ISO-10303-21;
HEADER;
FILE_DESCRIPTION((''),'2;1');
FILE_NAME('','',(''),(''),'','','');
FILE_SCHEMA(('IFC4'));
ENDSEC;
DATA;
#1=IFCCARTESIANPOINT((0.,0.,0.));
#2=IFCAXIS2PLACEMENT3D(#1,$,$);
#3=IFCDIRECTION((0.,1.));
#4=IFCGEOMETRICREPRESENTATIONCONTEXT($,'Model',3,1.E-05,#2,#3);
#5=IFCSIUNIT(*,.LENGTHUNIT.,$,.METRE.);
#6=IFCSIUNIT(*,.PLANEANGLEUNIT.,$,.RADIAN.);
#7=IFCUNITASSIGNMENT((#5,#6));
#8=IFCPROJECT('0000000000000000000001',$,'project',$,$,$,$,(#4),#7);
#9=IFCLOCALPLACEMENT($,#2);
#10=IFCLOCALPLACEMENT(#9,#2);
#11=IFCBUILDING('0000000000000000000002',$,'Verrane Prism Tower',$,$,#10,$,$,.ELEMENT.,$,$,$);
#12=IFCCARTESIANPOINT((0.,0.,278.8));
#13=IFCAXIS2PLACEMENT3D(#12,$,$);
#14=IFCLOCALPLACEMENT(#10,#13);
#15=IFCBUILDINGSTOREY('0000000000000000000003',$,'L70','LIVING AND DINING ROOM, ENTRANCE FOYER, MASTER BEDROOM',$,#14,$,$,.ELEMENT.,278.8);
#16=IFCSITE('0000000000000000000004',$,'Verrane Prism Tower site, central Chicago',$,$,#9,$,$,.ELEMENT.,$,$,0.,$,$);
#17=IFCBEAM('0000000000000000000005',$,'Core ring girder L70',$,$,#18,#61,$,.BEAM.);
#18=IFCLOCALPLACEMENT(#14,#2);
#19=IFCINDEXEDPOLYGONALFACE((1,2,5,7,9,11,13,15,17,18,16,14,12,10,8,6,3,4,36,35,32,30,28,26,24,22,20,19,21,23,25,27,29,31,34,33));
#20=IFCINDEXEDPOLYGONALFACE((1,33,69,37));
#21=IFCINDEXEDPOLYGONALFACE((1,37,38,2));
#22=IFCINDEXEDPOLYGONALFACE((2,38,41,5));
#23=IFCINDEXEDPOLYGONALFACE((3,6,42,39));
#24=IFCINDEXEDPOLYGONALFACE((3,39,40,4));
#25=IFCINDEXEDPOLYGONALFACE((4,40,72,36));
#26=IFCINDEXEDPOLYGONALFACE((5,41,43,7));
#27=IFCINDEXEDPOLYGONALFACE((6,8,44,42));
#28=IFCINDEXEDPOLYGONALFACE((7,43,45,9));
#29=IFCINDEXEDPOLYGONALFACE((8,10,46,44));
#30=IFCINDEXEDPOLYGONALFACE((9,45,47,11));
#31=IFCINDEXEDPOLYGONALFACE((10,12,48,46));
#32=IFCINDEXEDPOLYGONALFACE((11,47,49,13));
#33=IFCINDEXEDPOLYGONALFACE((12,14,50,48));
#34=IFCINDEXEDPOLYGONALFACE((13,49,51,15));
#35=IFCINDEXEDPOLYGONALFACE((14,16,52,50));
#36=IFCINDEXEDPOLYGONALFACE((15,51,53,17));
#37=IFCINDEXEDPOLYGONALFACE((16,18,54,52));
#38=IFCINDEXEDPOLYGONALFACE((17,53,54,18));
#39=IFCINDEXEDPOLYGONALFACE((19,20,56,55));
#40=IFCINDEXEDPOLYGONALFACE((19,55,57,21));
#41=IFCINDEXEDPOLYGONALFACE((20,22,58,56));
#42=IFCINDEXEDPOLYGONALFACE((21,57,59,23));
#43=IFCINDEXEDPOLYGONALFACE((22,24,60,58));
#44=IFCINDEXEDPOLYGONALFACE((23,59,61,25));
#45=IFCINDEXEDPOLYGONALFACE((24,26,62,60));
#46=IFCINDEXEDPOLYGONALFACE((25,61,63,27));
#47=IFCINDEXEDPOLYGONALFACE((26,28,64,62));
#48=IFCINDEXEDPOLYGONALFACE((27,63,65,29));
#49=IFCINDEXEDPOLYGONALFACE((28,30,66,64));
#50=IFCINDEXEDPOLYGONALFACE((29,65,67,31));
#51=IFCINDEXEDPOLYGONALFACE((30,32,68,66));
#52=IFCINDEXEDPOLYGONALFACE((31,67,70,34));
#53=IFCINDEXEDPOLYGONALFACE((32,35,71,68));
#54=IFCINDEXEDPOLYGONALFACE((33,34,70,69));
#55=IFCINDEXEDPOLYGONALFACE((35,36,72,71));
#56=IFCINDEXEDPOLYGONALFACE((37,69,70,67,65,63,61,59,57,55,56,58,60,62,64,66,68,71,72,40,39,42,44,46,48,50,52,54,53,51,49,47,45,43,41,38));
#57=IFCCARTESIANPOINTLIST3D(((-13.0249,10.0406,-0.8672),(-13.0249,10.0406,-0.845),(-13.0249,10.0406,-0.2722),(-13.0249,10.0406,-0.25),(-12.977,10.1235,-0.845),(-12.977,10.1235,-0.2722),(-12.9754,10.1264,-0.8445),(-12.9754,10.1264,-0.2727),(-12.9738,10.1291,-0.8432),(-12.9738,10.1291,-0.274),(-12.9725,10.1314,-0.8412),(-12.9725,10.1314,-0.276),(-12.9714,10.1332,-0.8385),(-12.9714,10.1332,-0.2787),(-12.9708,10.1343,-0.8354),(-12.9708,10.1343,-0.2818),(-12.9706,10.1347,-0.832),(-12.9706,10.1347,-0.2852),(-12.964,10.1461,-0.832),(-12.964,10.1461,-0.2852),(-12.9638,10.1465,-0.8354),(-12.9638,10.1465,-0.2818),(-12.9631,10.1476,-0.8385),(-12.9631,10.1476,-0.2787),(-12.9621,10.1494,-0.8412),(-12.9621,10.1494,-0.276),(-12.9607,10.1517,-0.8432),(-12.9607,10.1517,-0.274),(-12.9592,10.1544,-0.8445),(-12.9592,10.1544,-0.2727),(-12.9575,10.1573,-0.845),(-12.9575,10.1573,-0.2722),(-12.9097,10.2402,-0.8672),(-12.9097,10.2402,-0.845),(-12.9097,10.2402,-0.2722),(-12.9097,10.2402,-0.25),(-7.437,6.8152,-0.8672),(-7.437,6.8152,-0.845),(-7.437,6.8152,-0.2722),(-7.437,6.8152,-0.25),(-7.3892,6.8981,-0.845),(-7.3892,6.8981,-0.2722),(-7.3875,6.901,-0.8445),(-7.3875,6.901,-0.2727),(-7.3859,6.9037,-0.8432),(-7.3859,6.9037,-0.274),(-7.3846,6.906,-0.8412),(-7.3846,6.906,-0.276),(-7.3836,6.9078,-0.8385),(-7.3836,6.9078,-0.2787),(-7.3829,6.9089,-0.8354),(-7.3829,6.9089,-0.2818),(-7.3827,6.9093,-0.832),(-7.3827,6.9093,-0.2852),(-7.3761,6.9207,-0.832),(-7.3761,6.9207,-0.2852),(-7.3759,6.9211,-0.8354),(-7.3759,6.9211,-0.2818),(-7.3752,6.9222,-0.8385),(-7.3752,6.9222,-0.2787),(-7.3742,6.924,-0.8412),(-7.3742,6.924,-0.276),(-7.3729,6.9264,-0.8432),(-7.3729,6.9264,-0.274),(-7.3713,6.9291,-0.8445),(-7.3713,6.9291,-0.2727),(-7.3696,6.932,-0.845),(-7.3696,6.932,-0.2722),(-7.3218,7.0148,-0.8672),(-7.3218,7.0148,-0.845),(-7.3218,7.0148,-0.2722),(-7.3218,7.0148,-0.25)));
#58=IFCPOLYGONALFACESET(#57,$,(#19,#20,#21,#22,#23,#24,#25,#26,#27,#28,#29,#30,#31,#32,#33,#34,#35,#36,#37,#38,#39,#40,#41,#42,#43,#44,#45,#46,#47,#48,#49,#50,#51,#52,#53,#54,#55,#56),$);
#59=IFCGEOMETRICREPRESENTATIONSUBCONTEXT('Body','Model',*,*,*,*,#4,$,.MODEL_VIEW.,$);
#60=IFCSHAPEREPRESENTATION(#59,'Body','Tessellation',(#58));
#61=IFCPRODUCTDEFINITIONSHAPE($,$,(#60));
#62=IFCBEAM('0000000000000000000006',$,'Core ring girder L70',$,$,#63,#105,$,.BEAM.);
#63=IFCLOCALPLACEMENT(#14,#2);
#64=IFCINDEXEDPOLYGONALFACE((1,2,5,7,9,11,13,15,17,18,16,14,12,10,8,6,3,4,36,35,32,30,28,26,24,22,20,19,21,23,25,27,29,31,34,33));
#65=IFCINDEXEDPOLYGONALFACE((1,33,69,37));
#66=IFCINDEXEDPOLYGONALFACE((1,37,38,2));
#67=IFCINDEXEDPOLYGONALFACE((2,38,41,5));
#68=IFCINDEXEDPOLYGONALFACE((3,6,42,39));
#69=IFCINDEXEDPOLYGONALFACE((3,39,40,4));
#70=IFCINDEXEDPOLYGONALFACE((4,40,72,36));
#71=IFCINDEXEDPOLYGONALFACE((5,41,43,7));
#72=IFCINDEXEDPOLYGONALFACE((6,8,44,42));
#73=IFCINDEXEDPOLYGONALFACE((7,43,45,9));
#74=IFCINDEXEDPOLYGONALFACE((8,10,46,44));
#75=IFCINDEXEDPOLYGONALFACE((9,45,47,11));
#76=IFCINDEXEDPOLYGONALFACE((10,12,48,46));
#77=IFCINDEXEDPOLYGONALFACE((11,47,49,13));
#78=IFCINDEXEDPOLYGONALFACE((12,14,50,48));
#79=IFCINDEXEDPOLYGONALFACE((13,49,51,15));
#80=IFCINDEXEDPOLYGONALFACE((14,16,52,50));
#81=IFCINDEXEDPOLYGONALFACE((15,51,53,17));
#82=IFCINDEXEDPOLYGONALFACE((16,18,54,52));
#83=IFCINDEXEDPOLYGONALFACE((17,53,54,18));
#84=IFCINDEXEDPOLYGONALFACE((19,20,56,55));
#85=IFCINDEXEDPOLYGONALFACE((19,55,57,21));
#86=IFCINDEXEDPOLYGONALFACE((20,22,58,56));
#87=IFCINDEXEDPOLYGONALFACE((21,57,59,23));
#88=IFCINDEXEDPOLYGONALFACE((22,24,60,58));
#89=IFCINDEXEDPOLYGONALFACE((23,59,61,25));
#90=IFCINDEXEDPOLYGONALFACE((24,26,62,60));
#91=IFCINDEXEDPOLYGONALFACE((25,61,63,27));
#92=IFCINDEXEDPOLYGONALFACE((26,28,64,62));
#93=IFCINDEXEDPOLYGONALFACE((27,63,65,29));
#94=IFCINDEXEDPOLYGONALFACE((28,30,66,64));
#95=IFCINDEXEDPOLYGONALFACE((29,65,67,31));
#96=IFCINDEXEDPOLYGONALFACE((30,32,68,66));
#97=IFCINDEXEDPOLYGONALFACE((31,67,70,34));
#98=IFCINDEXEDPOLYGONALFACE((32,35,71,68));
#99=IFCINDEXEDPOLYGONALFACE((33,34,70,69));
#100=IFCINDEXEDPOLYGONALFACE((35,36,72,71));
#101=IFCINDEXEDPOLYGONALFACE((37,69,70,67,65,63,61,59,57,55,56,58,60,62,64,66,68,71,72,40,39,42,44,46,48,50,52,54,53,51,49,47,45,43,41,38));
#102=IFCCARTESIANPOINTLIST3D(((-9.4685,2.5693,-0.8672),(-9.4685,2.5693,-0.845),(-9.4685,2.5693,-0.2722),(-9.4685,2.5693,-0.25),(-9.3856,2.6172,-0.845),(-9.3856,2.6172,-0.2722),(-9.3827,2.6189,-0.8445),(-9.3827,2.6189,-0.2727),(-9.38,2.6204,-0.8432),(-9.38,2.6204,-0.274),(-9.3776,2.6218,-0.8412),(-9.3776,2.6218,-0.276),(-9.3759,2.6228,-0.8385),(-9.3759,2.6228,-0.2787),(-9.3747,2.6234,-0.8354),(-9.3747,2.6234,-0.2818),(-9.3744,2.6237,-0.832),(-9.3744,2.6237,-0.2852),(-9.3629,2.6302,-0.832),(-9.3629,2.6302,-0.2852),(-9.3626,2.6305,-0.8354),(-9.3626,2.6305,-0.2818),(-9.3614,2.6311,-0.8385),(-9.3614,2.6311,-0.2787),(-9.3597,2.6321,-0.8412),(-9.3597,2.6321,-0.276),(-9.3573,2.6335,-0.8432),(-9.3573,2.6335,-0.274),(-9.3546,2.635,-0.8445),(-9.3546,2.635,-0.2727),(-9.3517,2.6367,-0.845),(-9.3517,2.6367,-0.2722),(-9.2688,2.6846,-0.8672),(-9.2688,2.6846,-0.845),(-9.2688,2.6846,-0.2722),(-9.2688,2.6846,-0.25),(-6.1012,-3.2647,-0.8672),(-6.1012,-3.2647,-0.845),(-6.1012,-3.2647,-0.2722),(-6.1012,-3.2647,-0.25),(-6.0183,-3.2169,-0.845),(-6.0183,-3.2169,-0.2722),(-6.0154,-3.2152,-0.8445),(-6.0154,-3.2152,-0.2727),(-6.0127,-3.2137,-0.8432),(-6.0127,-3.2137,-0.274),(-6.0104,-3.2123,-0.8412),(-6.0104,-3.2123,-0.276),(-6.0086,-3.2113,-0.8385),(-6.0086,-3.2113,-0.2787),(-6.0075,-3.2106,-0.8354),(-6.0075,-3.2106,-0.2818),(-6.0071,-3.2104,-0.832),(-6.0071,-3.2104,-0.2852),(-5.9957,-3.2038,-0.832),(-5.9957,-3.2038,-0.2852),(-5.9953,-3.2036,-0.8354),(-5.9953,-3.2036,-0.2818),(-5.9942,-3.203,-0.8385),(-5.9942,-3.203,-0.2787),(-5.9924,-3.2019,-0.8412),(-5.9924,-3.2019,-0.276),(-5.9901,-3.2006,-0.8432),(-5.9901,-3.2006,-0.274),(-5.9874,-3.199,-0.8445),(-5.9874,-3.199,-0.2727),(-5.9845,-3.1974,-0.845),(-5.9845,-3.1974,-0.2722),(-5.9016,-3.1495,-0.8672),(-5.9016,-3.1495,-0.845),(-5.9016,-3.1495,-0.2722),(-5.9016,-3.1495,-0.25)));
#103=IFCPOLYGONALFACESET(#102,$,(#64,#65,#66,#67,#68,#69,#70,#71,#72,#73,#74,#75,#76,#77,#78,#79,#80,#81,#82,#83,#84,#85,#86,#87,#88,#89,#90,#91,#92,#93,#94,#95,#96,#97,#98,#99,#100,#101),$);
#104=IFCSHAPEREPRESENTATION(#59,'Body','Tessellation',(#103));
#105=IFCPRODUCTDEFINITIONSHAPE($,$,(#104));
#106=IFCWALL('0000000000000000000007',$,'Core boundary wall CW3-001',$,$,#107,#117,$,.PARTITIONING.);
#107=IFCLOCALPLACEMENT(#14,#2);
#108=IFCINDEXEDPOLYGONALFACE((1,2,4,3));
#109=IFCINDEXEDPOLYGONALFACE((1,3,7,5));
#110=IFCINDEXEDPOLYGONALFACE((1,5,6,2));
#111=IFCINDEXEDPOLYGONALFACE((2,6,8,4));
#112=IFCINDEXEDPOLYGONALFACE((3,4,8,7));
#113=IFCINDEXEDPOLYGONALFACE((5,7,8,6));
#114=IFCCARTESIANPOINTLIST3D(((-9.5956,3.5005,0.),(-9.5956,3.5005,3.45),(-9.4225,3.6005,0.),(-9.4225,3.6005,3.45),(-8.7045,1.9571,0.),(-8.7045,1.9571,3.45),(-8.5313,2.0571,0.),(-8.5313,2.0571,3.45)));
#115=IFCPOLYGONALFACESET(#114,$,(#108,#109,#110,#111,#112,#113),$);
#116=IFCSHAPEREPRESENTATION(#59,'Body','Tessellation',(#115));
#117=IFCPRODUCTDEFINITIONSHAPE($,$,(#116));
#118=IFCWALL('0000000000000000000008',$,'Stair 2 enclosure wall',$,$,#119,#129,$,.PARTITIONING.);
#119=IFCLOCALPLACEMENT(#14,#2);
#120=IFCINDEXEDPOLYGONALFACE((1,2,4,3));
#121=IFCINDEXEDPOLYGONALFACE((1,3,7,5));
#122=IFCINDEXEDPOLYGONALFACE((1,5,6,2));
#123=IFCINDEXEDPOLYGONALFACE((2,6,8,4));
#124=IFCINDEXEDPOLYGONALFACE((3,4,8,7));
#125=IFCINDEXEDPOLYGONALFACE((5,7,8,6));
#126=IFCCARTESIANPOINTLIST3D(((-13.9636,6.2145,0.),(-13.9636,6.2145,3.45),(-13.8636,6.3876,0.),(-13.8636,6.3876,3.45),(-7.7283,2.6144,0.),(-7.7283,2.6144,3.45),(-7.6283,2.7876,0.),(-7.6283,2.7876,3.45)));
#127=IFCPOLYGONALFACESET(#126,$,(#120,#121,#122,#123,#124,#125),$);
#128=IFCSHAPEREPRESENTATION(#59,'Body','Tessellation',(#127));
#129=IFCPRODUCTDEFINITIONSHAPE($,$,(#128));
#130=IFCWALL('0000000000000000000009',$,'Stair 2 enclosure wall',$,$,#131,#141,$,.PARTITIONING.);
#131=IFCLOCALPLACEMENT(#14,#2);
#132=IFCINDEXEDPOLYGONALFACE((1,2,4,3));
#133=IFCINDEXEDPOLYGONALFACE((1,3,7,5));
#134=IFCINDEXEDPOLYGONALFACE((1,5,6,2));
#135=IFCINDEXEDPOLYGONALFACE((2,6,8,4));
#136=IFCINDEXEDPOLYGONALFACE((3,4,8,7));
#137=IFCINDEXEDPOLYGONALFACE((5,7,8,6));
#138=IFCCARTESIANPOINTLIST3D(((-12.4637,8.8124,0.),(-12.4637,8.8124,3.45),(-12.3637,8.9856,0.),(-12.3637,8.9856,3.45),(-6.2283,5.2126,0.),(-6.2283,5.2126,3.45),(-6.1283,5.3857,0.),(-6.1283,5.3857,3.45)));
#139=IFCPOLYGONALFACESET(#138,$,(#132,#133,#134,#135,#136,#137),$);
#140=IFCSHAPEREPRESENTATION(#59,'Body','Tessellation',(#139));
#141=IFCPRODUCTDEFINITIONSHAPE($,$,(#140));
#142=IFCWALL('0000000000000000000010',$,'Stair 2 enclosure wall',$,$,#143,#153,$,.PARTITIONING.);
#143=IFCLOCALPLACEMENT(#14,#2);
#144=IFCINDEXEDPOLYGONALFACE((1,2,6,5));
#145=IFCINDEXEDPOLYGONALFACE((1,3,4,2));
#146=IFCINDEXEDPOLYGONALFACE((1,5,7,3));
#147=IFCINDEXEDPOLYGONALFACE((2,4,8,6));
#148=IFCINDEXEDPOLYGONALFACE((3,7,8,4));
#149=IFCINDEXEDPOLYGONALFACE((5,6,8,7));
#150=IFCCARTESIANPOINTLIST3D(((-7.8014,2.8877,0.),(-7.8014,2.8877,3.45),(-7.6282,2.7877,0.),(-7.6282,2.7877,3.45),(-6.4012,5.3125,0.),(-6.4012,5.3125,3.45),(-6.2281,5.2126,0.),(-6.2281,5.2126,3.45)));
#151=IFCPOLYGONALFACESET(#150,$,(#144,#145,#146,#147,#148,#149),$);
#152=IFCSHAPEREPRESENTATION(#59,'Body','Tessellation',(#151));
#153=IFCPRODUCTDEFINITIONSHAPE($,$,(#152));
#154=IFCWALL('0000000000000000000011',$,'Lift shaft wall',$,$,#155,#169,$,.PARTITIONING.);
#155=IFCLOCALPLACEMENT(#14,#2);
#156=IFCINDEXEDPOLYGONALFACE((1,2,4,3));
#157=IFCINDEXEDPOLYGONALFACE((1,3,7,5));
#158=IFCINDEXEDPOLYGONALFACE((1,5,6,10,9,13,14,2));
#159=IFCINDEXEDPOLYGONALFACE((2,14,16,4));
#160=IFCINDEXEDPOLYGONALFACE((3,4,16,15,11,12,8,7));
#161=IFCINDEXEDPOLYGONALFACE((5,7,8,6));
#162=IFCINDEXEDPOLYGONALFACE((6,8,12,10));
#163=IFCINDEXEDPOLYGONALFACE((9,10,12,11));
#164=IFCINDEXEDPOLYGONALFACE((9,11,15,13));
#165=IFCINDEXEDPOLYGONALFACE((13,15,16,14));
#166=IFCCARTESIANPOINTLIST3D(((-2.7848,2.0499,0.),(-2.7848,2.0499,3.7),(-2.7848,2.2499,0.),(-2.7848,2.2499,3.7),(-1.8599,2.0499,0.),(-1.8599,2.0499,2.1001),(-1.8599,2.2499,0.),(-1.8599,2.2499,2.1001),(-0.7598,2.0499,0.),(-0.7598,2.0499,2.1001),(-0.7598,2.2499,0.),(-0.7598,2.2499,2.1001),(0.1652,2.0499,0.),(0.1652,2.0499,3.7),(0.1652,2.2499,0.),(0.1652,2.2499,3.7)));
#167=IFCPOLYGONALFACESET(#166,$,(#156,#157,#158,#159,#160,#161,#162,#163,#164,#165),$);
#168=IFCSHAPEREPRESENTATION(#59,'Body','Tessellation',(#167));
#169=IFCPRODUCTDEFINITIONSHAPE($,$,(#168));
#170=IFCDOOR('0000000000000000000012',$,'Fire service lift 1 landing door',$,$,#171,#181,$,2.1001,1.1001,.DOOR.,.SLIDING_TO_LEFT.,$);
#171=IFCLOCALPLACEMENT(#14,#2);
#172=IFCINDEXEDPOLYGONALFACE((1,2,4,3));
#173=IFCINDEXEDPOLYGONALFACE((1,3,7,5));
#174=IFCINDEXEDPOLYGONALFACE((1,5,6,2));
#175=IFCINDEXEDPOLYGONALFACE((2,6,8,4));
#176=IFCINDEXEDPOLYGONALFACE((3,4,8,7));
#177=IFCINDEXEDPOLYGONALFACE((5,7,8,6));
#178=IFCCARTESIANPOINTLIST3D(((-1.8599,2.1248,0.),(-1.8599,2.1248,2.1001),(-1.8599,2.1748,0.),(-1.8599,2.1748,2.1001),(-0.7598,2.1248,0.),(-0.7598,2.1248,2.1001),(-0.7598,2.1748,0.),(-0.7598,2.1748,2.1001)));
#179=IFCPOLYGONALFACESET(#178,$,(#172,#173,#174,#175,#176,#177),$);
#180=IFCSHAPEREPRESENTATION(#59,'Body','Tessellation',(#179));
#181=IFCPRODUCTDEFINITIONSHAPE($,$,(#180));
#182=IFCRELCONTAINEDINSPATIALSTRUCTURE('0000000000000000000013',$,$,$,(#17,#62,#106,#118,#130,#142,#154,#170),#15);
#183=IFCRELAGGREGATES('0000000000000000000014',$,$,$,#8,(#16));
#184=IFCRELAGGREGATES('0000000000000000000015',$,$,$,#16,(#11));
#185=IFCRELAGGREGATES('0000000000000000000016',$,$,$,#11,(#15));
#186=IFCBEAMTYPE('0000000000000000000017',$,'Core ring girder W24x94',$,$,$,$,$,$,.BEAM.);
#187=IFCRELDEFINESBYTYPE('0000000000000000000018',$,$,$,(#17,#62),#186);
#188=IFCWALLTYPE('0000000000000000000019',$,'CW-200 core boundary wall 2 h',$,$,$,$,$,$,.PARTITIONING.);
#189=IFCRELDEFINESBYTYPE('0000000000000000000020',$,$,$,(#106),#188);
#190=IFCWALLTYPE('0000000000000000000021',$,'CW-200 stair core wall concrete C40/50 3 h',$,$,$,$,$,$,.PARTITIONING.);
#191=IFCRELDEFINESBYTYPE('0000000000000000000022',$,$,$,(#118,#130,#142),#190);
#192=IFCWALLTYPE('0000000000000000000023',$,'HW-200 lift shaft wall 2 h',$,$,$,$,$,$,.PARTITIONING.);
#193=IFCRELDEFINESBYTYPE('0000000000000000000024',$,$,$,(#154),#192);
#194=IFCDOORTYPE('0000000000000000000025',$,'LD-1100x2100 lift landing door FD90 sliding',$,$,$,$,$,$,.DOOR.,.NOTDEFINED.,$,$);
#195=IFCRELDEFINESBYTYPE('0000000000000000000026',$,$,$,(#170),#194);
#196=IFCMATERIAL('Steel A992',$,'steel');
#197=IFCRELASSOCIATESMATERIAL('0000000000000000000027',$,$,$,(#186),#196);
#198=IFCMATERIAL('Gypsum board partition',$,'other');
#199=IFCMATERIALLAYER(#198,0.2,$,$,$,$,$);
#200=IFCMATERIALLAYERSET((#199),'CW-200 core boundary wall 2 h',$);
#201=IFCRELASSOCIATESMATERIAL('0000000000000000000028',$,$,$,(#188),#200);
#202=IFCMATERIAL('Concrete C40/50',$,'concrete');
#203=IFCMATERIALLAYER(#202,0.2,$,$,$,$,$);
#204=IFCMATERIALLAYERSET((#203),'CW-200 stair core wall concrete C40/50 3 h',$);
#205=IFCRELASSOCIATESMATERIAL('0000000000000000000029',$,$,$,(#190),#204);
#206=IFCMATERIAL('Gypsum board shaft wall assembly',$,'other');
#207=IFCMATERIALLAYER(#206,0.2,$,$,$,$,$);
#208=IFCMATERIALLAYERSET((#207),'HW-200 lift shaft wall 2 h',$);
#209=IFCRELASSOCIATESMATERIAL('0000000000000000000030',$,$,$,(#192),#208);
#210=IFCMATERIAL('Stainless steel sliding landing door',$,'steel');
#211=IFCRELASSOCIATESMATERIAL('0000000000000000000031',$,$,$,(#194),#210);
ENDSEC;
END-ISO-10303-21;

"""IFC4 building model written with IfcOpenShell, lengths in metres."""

from ifc_helpers import new_model, si_unit, direction, frame, frame_2d, origin, origin_2d, place, context, subcontext, project, spatial, rectangle, i_section, extrude, material, layer, layer_set, material_profile, profile_set, type_object, element, fill, save


model = new_model("IFC4")

# Units and contexts
model_context = context("Model", 3, precision=1e-05, world=origin(), true_north=direction((0.0, 1.0)))
body_context = subcontext(model_context, "Body", "Model", "MODEL_VIEW")
ifc_project = project(units=[si_unit("LENGTHUNIT", "METRE"), si_unit("PLANEANGLEUNIT", "RADIAN")], contexts=[model_context])

# Site, building, storey
site_placement = place(None, origin())
site = spatial("IfcSite", under=ifc_project, at=site_placement, Name="Verrane Prism Tower site, central Chicago", CompositionType="ELEMENT", RefElevation=0.0)
building_placement = place(site_placement, origin())
building = spatial("IfcBuilding", under=site, at=building_placement, Name="Verrane Prism Tower", CompositionType="ELEMENT")
storey_placement = place(building_placement, frame((0.0, 0.0, 278.8)))
storey = spatial("IfcBuildingStorey", under=building, at=storey_placement, Name="L70", Description="LIVING AND DINING ROOM, ENTRANCE FOYER, MASTER BEDROOM", CompositionType="ELEMENT", Elevation=278.8)

# Beams
ifc_material_1 = material(Name="Steel A992", Category="steel")
ifc_material_profile_1 = material_profile(ifc_material_1, i_section(OverallWidth=0.2305, OverallDepth=0.6172, WebThickness=0.0132, FlangeThickness=0.0222, FilletRadius=0.0129, at=origin_2d()), Name="W24x94")
ifc_profile_set_1 = profile_set([ifc_material_profile_1], Name="Steel A992")
beam_type = type_object("IfcBeamType", Name="Core ring girder W24x94", PredefinedType="BEAM", material=ifc_profile_set_1)
beam_1_placement = place(storey_placement, frame((-7.3794, 6.915, -0.5586), z_axis=(-0.866081, 0.499904, 0.0), x_axis=(-0.499904, -0.866081, 0.0)))
element("IfcBeam", 1, at=beam_1_placement, inside=storey, type_object=beam_type, Name="Core ring girder L70", PredefinedType="BEAM", context=body_context, shape_type="SweptSolid", body=[
    extrude(i_section(OverallWidth=0.2305, OverallDepth=0.6172, WebThickness=0.0132, FlangeThickness=0.0222, FilletRadius=0.0129, at=origin_2d()), origin(), (0.0, 0.0, 1.0), 6.4519),
])
beam_2_placement = place(storey_placement, frame((-9.3687, 2.627, -0.5586), z_axis=(0.499881, -0.866094, 0.0), x_axis=(0.866094, 0.499881, 0.0)))
element("IfcBeam", 2, at=beam_2_placement, inside=storey, type_object=beam_type, Name="Core ring girder L70", PredefinedType="BEAM", context=body_context, shape_type="SweptSolid", body=[
    extrude(i_section(OverallWidth=0.2305, OverallDepth=0.6172, WebThickness=0.0132, FlangeThickness=0.0222, FilletRadius=0.0129, at=origin_2d()), origin(), (0.0, 0.0, 1.0), 6.7361),
])

# Walls
ifc_material_2 = material(Name="Gypsum board partition", Category="other")
ifc_layer_1 = layer(ifc_material_2, 0.2)
ifc_layer_set_1 = layer_set([ifc_layer_1], Name="CW-200 core boundary wall 2 h")
wall_type_1 = type_object("IfcWallType", Name="CW-200 core boundary wall 2 h", PredefinedType="PARTITIONING", material=ifc_layer_set_1)
wall_1_placement = place(storey_placement, frame((-9.509, 3.5505, 0.0), z_axis=(0.0, 0.0, 1.0), x_axis=(0.499999, -0.866026, 0.0)))
element("IfcWall", 3, at=wall_1_placement, inside=storey, type_object=wall_type_1, Name="Core boundary wall CW3-001", PredefinedType="PARTITIONING", context=body_context, shape_type="SweptSolid", body=[
    extrude(rectangle(XDim=1.7822, YDim=0.2, at=frame_2d((0.8911, 0.0))), origin(), (0.0, 0.0, 1.0), 3.45),
])
ifc_material_3 = material(Name="Concrete C40/50", Category="concrete")
ifc_layer_2 = layer(ifc_material_3, 0.2)
ifc_layer_set_2 = layer_set([ifc_layer_2], Name="CW-200 stair core wall concrete C40/50 3 h")
wall_type_2 = type_object("IfcWallType", Name="CW-200 stair core wall concrete C40/50 3 h", PredefinedType="PARTITIONING", material=ifc_layer_set_2)
for number, where, z_axis, x_axis, name in (
    (4, (-7.6782, 2.7009, 0.0), (0.0, 0.0, 1.0), (-0.866018, 0.500012, 0.0), "Stair 2 enclosure wall"),
    (5, (-6.1782, 5.2991, 0.0), (0.0, 0.0, 1.0), (-0.866033, 0.499987, 0.0), "Stair 2 enclosure wall"),
):
    element("IfcWall", number, at=place(storey_placement, frame(where, z_axis=z_axis, x_axis=x_axis)), inside=storey, type_object=wall_type_2, Name=name, PredefinedType="PARTITIONING", context=body_context, shape_type="SweptSolid", body=[
        extrude(rectangle(XDim=7.2, YDim=0.2, at=frame_2d((3.6001, 0.0))), origin(), (0.0, 0.0, 1.0), 3.45),
    ])
wall_2_placement = place(storey_placement, frame((-6.3147, 5.2625, 0.0), z_axis=(0.0, 0.0, 1.0), x_axis=(-0.50005, -0.865997, 0.0)))
element("IfcWall", 6, at=wall_2_placement, inside=storey, type_object=wall_type_2, Name="Stair 2 enclosure wall", PredefinedType="PARTITIONING", context=body_context, shape_type="SweptSolid", body=[
    extrude(rectangle(XDim=2.8, YDim=0.2, at=frame_2d((1.3999, 0.0))), origin(), (0.0, 0.0, 1.0), 3.45),
])

# Wall, opening, door
ifc_material_4 = material(Name="Gypsum board shaft wall assembly", Category="other")
ifc_layer_3 = layer(ifc_material_4, 0.2)
ifc_layer_set_3 = layer_set([ifc_layer_3], Name="HW-200 lift shaft wall 2 h")
wall_type_3 = type_object("IfcWallType", Name="HW-200 lift shaft wall 2 h", PredefinedType="PARTITIONING", material=ifc_layer_set_3)
wall_3_placement = place(storey_placement, frame((-2.7849, 2.1499, 0.0), z_axis=(0.0, 0.0, 1.0), x_axis=(1.0, 0.0, 0.0)))
wall_3 = element("IfcWall", 7, at=wall_3_placement, inside=storey, type_object=wall_type_3, Name="Lift shaft wall", PredefinedType="PARTITIONING", context=body_context, shape_type="SweptSolid", body=[
    extrude(rectangle(XDim=2.95, YDim=0.2, at=frame_2d((1.4751, 0.0))), origin(), (0.0, 0.0, 1.0), 3.7),
])
opening_1_placement = place(wall_3_placement, frame((0.925, 0.0, 0.0)))
opening_1 = element("IfcOpeningElement", 8, at=opening_1_placement, cuts=wall_3, PredefinedType="OPENING", context=body_context, shape_type="SweptSolid", body=[
    extrude(rectangle(XDim=1.1001, YDim=2.1001, at=frame_2d((0.55, 1.05))), frame((0.0, 0.1099, 0.0), z_axis=(0.0, -1.0, 0.0), x_axis=(1.0, 0.0, 0.0)), (0.0, 0.0, 1.0), 0.22),
])
ifc_material_5 = material(Name="Stainless steel sliding landing door", Category="steel")
door_type_1 = type_object("IfcDoorType", Name="LD-1100x2100 lift landing door FD90 sliding", OperationType="NOTDEFINED", PredefinedType="DOOR", material=ifc_material_5)
door_1_placement = place(opening_1_placement, origin())
door_1 = element("IfcDoor", 9, at=door_1_placement, inside=storey, type_object=door_type_1, Name="Fire service lift 1 landing door", OperationType="SLIDING_TO_LEFT", OverallHeight=2.1001, OverallWidth=1.1001, PredefinedType="DOOR", context=body_context, shape_type="SweptSolid", body=[
    extrude(rectangle(XDim=1.1001, YDim=2.1001, at=frame_2d((0.55, 1.05))), frame((0.0, 0.0249, 0.0), z_axis=(0.0, -1.0, 0.0), x_axis=(1.0, 0.0, 0.0)), (0.0, 0.0, 1.0), 0.05),
])
fill(opening_1, door_1)

save(model, "model.ifc")
